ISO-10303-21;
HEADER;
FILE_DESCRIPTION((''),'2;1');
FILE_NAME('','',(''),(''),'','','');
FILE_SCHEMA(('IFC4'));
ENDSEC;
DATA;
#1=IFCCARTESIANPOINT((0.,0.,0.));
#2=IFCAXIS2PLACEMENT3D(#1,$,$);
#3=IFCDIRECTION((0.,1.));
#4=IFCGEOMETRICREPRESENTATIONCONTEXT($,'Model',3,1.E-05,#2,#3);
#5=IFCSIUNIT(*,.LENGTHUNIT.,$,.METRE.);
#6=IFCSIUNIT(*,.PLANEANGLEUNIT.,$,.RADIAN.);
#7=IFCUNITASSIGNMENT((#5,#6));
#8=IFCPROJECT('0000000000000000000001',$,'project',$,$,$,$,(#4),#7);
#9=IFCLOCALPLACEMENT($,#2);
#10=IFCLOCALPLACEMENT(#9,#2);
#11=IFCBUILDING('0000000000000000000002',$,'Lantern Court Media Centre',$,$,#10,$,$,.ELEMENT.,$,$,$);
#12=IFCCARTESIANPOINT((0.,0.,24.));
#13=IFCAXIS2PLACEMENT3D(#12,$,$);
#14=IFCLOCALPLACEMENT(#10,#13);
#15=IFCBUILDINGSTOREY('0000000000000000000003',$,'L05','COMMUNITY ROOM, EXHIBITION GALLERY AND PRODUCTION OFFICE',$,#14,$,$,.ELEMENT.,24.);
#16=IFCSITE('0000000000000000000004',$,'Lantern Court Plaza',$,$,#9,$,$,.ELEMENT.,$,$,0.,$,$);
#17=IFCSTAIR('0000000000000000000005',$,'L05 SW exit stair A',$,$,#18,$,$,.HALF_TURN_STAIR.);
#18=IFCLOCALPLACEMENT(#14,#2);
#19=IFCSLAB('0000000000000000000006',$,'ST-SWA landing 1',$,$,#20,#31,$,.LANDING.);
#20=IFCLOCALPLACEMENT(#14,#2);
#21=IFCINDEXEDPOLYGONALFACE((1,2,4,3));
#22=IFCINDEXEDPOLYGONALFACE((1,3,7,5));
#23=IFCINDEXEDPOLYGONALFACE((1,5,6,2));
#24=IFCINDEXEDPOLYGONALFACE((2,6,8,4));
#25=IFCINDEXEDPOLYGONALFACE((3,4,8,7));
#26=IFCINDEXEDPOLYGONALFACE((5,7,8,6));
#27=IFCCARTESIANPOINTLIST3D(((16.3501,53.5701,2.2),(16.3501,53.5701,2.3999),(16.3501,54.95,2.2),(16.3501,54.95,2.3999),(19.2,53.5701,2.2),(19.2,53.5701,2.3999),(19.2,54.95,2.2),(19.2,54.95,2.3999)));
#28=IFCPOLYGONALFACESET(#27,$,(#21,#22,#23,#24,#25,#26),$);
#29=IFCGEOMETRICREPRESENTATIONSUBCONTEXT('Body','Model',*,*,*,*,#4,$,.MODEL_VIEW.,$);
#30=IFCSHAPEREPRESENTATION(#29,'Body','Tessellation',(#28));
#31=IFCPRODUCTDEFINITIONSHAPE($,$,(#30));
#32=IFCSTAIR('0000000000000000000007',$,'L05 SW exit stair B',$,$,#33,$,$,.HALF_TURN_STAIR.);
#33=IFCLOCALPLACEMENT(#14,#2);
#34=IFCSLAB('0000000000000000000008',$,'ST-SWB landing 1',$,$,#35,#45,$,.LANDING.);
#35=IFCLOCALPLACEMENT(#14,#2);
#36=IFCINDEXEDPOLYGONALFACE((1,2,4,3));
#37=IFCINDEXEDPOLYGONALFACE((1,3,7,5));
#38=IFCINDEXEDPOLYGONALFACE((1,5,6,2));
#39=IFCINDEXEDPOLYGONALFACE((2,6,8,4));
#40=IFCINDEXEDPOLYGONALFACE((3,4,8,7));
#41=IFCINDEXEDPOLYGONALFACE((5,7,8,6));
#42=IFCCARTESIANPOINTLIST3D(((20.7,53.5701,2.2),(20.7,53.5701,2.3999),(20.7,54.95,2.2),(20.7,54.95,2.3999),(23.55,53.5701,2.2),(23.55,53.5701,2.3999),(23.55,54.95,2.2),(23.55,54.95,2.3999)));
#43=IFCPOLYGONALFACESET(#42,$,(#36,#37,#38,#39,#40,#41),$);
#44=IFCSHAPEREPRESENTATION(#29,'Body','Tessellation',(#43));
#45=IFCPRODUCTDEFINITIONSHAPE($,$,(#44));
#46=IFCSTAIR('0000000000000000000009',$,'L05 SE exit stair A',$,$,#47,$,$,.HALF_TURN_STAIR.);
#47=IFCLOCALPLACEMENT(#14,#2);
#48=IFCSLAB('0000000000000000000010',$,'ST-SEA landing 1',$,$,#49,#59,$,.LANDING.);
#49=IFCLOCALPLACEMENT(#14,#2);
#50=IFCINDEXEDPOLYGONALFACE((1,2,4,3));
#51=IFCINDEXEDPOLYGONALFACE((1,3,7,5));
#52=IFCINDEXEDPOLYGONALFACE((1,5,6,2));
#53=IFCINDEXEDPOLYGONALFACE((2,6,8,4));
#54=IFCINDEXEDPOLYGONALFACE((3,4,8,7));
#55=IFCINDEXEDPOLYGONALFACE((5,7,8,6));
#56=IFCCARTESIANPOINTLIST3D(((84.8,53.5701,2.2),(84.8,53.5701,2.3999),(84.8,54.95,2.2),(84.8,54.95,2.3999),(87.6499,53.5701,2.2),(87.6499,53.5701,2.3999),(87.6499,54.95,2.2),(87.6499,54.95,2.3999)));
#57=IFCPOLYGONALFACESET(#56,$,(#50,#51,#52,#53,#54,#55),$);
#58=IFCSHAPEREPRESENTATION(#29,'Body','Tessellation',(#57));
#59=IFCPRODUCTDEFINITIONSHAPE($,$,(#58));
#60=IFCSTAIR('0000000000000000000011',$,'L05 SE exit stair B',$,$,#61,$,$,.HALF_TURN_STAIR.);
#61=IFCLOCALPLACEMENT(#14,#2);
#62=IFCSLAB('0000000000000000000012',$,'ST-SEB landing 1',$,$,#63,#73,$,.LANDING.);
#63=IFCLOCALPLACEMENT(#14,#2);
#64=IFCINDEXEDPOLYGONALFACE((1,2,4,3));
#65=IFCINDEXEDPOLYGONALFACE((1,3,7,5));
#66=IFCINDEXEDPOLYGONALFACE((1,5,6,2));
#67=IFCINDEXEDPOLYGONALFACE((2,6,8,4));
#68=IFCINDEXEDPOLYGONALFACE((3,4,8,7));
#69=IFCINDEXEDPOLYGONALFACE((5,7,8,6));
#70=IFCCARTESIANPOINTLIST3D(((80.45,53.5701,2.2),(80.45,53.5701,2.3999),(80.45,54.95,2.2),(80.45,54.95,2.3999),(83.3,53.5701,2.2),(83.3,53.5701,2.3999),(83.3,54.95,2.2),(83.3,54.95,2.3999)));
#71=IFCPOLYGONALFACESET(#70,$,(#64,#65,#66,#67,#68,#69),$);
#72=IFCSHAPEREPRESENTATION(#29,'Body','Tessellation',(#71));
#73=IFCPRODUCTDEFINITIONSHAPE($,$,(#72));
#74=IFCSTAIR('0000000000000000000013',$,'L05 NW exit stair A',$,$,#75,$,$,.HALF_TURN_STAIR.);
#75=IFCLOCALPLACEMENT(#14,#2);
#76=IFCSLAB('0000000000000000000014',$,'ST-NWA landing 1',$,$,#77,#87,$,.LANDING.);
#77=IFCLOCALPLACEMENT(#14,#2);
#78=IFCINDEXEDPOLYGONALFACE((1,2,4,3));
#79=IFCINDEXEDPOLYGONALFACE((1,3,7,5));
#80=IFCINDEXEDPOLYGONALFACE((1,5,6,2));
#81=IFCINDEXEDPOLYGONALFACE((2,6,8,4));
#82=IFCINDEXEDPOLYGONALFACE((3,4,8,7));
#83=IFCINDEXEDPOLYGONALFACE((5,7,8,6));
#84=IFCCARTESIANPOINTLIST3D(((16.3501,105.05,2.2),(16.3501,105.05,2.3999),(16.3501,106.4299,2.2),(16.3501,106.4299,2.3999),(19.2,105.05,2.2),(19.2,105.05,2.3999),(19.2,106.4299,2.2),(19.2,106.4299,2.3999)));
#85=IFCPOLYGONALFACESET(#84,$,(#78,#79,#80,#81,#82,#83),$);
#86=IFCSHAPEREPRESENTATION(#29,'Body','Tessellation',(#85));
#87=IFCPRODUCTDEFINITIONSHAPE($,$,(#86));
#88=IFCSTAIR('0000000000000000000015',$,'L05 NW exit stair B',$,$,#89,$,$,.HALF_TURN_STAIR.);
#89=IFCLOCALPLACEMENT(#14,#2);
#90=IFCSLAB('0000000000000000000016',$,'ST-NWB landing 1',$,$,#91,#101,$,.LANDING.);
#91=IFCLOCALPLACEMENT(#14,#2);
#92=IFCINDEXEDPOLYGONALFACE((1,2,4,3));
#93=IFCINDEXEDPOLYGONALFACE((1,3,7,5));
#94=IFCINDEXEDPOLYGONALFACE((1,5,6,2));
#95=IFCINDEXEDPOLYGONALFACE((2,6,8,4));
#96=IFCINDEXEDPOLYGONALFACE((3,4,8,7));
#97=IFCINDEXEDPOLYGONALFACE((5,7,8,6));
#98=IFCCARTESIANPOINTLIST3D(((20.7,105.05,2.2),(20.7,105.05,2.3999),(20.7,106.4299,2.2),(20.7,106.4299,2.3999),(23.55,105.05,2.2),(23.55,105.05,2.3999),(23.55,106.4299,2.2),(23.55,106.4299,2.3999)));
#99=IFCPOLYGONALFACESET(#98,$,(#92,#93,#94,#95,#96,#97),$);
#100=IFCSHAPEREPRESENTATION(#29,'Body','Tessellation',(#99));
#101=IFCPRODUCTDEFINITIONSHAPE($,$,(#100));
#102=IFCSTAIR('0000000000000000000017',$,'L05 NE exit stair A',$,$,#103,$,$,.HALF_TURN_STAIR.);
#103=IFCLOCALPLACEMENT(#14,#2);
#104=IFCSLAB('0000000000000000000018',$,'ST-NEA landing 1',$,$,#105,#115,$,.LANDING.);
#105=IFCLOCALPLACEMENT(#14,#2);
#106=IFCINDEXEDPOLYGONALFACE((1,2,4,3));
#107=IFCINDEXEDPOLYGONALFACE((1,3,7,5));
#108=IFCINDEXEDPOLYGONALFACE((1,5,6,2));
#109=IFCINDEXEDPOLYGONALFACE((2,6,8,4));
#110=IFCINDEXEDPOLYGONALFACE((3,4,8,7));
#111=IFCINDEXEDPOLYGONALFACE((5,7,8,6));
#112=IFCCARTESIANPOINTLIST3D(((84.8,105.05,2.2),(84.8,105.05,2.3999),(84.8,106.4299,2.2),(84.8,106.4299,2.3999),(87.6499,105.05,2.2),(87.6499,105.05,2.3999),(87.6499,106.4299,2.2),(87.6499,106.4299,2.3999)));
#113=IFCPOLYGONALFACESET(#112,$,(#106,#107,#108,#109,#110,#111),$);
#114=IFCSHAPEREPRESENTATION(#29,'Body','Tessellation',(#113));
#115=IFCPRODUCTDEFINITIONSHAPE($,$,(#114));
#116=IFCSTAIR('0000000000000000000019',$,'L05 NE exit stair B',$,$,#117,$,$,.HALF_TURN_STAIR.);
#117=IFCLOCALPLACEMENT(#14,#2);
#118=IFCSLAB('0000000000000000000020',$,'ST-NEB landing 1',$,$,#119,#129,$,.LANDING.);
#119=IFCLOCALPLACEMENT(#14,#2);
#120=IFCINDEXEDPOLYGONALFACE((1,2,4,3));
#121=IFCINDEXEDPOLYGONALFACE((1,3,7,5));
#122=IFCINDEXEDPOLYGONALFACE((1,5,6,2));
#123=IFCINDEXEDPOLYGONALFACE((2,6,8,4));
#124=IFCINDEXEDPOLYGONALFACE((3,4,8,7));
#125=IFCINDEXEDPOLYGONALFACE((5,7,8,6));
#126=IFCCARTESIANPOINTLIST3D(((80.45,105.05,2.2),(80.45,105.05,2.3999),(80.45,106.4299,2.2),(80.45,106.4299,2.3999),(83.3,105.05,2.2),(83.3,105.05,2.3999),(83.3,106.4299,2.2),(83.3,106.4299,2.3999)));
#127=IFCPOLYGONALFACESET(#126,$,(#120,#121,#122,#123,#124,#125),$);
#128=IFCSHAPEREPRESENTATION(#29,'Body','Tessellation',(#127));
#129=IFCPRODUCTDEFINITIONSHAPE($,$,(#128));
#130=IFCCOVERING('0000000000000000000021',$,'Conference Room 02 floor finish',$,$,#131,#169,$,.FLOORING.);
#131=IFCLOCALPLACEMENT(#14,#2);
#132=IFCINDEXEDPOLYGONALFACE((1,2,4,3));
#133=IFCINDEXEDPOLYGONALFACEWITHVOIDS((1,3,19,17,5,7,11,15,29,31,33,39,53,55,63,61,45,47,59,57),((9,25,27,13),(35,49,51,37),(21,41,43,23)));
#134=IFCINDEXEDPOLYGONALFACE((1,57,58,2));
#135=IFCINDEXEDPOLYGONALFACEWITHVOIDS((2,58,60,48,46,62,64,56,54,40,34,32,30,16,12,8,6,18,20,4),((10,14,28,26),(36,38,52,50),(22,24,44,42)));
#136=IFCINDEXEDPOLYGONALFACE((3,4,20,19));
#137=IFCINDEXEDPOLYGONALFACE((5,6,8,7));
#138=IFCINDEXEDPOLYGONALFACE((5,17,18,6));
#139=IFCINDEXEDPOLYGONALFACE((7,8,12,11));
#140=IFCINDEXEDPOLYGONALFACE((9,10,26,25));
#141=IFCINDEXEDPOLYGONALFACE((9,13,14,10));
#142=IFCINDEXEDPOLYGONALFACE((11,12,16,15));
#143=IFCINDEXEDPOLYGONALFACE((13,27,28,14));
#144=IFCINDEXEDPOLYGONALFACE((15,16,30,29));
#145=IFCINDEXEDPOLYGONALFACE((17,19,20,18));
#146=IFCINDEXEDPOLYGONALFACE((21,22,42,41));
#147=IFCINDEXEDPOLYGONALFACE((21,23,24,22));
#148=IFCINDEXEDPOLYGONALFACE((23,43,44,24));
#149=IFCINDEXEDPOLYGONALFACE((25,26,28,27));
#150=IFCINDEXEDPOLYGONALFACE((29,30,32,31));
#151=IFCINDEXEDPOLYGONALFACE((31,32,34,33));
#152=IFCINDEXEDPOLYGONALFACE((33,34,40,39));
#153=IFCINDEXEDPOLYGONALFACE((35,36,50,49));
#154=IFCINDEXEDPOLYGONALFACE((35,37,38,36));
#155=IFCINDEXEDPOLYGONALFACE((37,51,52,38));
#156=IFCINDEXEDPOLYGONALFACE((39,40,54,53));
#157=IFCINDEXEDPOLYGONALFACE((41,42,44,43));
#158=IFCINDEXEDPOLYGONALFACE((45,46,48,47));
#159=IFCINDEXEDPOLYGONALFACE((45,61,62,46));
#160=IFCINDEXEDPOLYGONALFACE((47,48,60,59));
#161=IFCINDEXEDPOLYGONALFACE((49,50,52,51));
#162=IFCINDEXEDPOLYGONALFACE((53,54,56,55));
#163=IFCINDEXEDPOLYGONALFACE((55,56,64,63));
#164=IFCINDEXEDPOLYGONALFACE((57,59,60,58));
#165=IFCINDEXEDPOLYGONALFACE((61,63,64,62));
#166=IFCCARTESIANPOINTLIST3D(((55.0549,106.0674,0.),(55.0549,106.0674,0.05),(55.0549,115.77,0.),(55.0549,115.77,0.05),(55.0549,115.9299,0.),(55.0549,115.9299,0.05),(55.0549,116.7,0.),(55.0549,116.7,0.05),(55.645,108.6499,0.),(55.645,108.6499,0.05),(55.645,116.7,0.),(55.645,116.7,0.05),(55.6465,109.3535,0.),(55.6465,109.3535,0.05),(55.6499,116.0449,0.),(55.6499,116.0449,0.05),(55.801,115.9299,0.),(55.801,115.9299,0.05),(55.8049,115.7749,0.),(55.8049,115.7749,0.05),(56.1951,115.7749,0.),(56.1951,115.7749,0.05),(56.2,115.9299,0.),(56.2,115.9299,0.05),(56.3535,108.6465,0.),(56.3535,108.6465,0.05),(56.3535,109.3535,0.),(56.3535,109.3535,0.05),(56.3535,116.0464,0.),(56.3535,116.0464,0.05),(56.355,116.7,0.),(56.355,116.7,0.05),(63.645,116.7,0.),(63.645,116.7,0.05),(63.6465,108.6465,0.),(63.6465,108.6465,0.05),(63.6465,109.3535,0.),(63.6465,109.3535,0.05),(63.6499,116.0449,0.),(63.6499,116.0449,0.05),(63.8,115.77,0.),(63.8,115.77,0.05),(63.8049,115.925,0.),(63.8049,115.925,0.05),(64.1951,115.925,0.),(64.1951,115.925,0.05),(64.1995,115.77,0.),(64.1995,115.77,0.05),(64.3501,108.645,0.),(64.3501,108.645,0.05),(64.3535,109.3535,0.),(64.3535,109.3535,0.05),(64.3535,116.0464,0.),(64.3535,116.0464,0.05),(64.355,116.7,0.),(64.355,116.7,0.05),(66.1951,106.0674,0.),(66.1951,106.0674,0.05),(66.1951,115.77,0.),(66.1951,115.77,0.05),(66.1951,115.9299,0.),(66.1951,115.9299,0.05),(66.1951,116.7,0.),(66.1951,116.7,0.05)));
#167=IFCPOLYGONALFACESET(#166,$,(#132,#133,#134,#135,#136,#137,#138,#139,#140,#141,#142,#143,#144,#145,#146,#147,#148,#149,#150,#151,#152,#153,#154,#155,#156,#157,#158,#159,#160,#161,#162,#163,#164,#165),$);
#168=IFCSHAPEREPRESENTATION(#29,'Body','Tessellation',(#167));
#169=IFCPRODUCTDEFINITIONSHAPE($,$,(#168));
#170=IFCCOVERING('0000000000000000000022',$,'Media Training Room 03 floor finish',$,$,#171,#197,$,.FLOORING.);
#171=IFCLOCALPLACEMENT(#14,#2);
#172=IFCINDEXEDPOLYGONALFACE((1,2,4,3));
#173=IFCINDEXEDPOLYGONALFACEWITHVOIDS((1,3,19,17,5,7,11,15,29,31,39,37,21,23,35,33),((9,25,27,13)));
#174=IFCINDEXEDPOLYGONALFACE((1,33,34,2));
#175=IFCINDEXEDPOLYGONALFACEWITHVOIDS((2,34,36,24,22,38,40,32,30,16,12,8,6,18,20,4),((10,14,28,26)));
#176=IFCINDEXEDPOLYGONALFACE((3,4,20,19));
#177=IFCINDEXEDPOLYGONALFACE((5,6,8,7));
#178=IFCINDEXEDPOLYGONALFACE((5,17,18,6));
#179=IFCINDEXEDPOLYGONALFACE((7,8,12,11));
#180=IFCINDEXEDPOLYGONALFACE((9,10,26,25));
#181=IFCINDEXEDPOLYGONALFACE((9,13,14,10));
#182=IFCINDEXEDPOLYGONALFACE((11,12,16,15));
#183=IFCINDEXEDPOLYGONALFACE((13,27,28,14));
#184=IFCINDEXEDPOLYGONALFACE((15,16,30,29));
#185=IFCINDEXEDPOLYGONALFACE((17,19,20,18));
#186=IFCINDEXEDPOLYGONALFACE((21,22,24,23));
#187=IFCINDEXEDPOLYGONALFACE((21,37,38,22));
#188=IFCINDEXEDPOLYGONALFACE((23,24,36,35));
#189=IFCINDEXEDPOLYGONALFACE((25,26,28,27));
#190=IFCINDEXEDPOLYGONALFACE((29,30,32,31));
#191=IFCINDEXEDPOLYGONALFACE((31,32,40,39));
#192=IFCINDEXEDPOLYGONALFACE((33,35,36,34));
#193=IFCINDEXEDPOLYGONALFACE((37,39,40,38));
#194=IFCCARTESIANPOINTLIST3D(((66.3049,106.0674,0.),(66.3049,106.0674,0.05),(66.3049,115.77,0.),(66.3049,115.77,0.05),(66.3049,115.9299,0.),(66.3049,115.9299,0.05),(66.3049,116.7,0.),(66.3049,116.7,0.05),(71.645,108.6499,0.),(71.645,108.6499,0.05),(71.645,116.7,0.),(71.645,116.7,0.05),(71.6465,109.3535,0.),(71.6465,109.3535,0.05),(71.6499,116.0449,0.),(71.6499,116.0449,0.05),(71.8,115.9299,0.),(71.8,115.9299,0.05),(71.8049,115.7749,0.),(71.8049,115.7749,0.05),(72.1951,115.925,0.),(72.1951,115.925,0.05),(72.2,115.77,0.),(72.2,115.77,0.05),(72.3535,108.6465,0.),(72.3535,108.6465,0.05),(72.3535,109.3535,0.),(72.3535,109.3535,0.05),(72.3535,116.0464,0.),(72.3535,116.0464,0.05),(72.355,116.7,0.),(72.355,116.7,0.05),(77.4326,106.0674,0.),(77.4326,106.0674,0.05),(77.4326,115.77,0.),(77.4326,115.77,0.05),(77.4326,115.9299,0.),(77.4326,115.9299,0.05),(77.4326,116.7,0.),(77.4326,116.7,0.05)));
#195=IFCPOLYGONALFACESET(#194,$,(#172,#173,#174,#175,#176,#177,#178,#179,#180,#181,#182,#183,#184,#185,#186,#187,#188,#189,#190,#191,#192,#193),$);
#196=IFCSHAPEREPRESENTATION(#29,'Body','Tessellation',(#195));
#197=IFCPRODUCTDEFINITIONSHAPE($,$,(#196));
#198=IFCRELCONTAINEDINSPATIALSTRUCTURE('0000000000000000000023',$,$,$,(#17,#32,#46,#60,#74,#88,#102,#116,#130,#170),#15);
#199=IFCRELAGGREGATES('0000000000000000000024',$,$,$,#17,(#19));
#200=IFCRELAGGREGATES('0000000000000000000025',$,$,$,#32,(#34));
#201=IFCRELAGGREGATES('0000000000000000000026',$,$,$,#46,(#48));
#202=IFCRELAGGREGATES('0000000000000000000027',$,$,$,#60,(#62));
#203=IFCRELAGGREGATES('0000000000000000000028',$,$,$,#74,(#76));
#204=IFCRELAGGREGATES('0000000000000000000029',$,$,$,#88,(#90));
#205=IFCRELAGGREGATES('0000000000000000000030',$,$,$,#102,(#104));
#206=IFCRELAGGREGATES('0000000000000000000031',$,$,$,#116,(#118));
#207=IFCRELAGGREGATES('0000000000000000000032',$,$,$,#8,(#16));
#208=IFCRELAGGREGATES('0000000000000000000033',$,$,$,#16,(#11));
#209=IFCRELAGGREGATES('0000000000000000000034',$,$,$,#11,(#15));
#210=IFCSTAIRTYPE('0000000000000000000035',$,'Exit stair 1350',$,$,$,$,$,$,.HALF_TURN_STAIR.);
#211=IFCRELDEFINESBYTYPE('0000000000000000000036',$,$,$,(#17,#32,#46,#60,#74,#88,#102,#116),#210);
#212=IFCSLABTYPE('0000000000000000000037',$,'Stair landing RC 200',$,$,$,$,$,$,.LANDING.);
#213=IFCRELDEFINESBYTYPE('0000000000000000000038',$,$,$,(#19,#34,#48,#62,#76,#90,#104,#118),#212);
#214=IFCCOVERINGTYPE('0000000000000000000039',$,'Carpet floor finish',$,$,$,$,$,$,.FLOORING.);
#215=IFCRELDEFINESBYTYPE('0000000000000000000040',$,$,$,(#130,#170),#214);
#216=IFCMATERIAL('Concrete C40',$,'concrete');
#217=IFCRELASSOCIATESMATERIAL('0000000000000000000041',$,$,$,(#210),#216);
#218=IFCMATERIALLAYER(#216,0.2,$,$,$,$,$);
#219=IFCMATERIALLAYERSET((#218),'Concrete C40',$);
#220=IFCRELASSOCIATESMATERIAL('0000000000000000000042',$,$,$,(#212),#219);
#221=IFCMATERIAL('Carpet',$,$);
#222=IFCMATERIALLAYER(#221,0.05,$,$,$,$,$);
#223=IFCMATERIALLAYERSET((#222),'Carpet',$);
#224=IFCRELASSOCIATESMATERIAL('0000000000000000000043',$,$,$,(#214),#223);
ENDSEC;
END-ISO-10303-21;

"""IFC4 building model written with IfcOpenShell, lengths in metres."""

from ifc_helpers import new_model, si_unit, direction, frame, origin, place, context, subcontext, project, spatial, polyline, outline, extrude, material, layer, layer_set, type_object, element, aggregate, save


model = new_model("IFC4")

# Units and contexts
model_context = context("Model", 3, precision=1e-05, world=origin(), true_north=direction((0.0, 1.0)))
body_context = subcontext(model_context, "Body", "Model", "MODEL_VIEW")
ifc_project = project(units=[si_unit("LENGTHUNIT", "METRE"), si_unit("PLANEANGLEUNIT", "RADIAN")], contexts=[model_context])

# Site, building, storey
site_placement = place(None, origin())
site = spatial("IfcSite", under=ifc_project, at=site_placement, Name="Lantern Court Plaza", CompositionType="ELEMENT", RefElevation=0.0)
building_placement = place(site_placement, origin())
building = spatial("IfcBuilding", under=site, at=building_placement, Name="Lantern Court Media Centre", CompositionType="ELEMENT")
storey_placement = place(building_placement, frame((0.0, 0.0, 24.0)))
storey = spatial("IfcBuildingStorey", under=building, at=storey_placement, Name="L05", Description="COMMUNITY ROOM, EXHIBITION GALLERY AND PRODUCTION OFFICE", CompositionType="ELEMENT", Elevation=24.0)

# Stairs, slabs
ifc_material_1 = material(Name="Concrete C40", Category="concrete")
stair_type = type_object("IfcStairType", Name="Exit stair 1350", PredefinedType="HALF_TURN_STAIR", material=ifc_material_1)
stair_1_placement = place(storey_placement, origin())
stair_1 = element("IfcStair", 1, at=stair_1_placement, inside=storey, type_object=stair_type, Name="L05 SW exit stair A", PredefinedType="HALF_TURN_STAIR")
ifc_layer_1 = layer(ifc_material_1, 0.2)
ifc_layer_set_1 = layer_set([ifc_layer_1], Name="Concrete C40")
slab_type = type_object("IfcSlabType", Name="Stair landing RC 200", PredefinedType="LANDING", material=ifc_layer_set_1)
slab_1_placement = place(storey_placement, frame((0.0, 0.0, 2.2)))
slab_1 = element("IfcSlab", 2, at=slab_1_placement, type_object=slab_type, Name="ST-SWA landing 1", PredefinedType="LANDING", context=body_context, shape_type="SweptSolid", body=[
    extrude(outline(polyline([(19.2, 53.5701), (19.2, 54.95), (16.3501, 54.95), (16.3501, 53.5701), (19.2, 53.5701)])), origin(), (0.0, 0.0, 1.0), 0.2),
])
aggregate(stair_1, [slab_1])
stair_2_placement = place(storey_placement, origin())
stair_2 = element("IfcStair", 3, at=stair_2_placement, inside=storey, type_object=stair_type, Name="L05 SW exit stair B", PredefinedType="HALF_TURN_STAIR")
slab_2_placement = place(storey_placement, frame((0.0, 0.0, 2.2)))
slab_2 = element("IfcSlab", 4, at=slab_2_placement, type_object=slab_type, Name="ST-SWB landing 1", PredefinedType="LANDING", context=body_context, shape_type="SweptSolid", body=[
    extrude(outline(polyline([(23.55, 53.5701), (23.55, 54.95), (20.7, 54.95), (20.7, 53.5701), (23.55, 53.5701)])), origin(), (0.0, 0.0, 1.0), 0.2),
])
aggregate(stair_2, [slab_2])
stair_3_placement = place(storey_placement, origin())
stair_3 = element("IfcStair", 5, at=stair_3_placement, inside=storey, type_object=stair_type, Name="L05 SE exit stair A", PredefinedType="HALF_TURN_STAIR")
slab_3_placement = place(storey_placement, frame((0.0, 0.0, 2.2)))
slab_3 = element("IfcSlab", 6, at=slab_3_placement, type_object=slab_type, Name="ST-SEA landing 1", PredefinedType="LANDING", context=body_context, shape_type="SweptSolid", body=[
    extrude(outline(polyline([(87.6499, 53.5701), (87.6499, 54.95), (84.8, 54.95), (84.8, 53.5701), (87.6499, 53.5701)])), origin(), (0.0, 0.0, 1.0), 0.2),
])
aggregate(stair_3, [slab_3])
stair_4_placement = place(storey_placement, origin())
stair_4 = element("IfcStair", 7, at=stair_4_placement, inside=storey, type_object=stair_type, Name="L05 SE exit stair B", PredefinedType="HALF_TURN_STAIR")
slab_4_placement = place(storey_placement, frame((0.0, 0.0, 2.2)))
slab_4 = element("IfcSlab", 8, at=slab_4_placement, type_object=slab_type, Name="ST-SEB landing 1", PredefinedType="LANDING", context=body_context, shape_type="SweptSolid", body=[
    extrude(outline(polyline([(83.3, 53.5701), (83.3, 54.95), (80.45, 54.95), (80.45, 53.5701), (83.3, 53.5701)])), origin(), (0.0, 0.0, 1.0), 0.2),
])
aggregate(stair_4, [slab_4])
stair_5_placement = place(storey_placement, origin())
stair_5 = element("IfcStair", 9, at=stair_5_placement, inside=storey, type_object=stair_type, Name="L05 NW exit stair A", PredefinedType="HALF_TURN_STAIR")
slab_5_placement = place(storey_placement, frame((0.0, 0.0, 2.2)))
slab_5 = element("IfcSlab", 10, at=slab_5_placement, type_object=slab_type, Name="ST-NWA landing 1", PredefinedType="LANDING", context=body_context, shape_type="SweptSolid", body=[
    extrude(outline(polyline([(16.3501, 106.4299), (16.3501, 105.05), (19.2, 105.05), (19.2, 106.4299), (16.3501, 106.4299)])), origin(), (0.0, 0.0, 1.0), 0.2),
])
aggregate(stair_5, [slab_5])
stair_6_placement = place(storey_placement, origin())
stair_6 = element("IfcStair", 11, at=stair_6_placement, inside=storey, type_object=stair_type, Name="L05 NW exit stair B", PredefinedType="HALF_TURN_STAIR")
slab_6_placement = place(storey_placement, frame((0.0, 0.0, 2.2)))
slab_6 = element("IfcSlab", 12, at=slab_6_placement, type_object=slab_type, Name="ST-NWB landing 1", PredefinedType="LANDING", context=body_context, shape_type="SweptSolid", body=[
    extrude(outline(polyline([(20.7, 106.4299), (20.7, 105.05), (23.55, 105.05), (23.55, 106.4299), (20.7, 106.4299)])), origin(), (0.0, 0.0, 1.0), 0.2),
])
aggregate(stair_6, [slab_6])
stair_7_placement = place(storey_placement, origin())
stair_7 = element("IfcStair", 13, at=stair_7_placement, inside=storey, type_object=stair_type, Name="L05 NE exit stair A", PredefinedType="HALF_TURN_STAIR")
slab_7_placement = place(storey_placement, frame((0.0, 0.0, 2.2)))
slab_7 = element("IfcSlab", 14, at=slab_7_placement, type_object=slab_type, Name="ST-NEA landing 1", PredefinedType="LANDING", context=body_context, shape_type="SweptSolid", body=[
    extrude(outline(polyline([(84.8, 106.4299), (84.8, 105.05), (87.6499, 105.05), (87.6499, 106.4299), (84.8, 106.4299)])), origin(), (0.0, 0.0, 1.0), 0.2),
])
aggregate(stair_7, [slab_7])
stair_8_placement = place(storey_placement, origin())
stair_8 = element("IfcStair", 15, at=stair_8_placement, inside=storey, type_object=stair_type, Name="L05 NE exit stair B", PredefinedType="HALF_TURN_STAIR")
slab_8_placement = place(storey_placement, frame((0.0, 0.0, 2.2)))
slab_8 = element("IfcSlab", 16, at=slab_8_placement, type_object=slab_type, Name="ST-NEB landing 1", PredefinedType="LANDING", context=body_context, shape_type="SweptSolid", body=[
    extrude(outline(polyline([(80.45, 106.4299), (80.45, 105.05), (83.3, 105.05), (83.3, 106.4299), (80.45, 106.4299)])), origin(), (0.0, 0.0, 1.0), 0.2),
])
aggregate(stair_8, [slab_8])

# Coverings
ifc_material_2 = material(Name="Carpet")
ifc_layer_2 = layer(ifc_material_2, 0.05)
ifc_layer_set_2 = layer_set([ifc_layer_2], Name="Carpet")
covering_type_1 = type_object("IfcCoveringType", Name="Carpet floor finish", PredefinedType="FLOORING", material=ifc_layer_set_2)
covering_1_placement = place(storey_placement, origin())
element("IfcCovering", 17, at=covering_1_placement, inside=storey, type_object=covering_type_1, Name="Conference Room 02 floor finish", PredefinedType="FLOORING", context=body_context, shape_type="SweptSolid", body=[
    extrude(outline(polyline([(66.1951, 116.7), (66.1951, 115.9299), (64.1951, 115.925), (64.1995, 115.77), (66.1951, 115.77), (66.1951, 106.0674), (55.0549, 106.0674), (55.0549, 115.77), (55.8049, 115.7749), (55.801, 115.9299), (55.0549, 115.9299), (55.0549, 116.7), (55.645, 116.7), (55.6499, 116.0449), (56.3535, 116.0464), (56.355, 116.7), (63.645, 116.7), (63.6499, 116.0449), (64.3535, 116.0464), (64.355, 116.7), (66.1951, 116.7)]), holes=[polyline([(64.3501, 108.645), (64.3535, 109.3535), (63.6465, 109.3535), (63.6465, 108.6465), (64.3501, 108.645)]), polyline([(56.1951, 115.7749), (63.8, 115.77), (63.8049, 115.925), (56.2, 115.9299), (56.1951, 115.7749)]), polyline([(55.645, 108.6499), (56.3535, 108.6465), (56.3535, 109.3535), (55.6465, 109.3535), (55.645, 108.6499)])]), origin(), (0.0, 0.0, 1.0), 0.05),
])
covering_2_placement = place(storey_placement, origin())
element("IfcCovering", 18, at=covering_2_placement, inside=storey, type_object=covering_type_1, Name="Media Training Room 03 floor finish", PredefinedType="FLOORING", context=body_context, shape_type="SweptSolid", body=[
    extrude(outline(polyline([(77.4326, 116.7), (77.4326, 115.9299), (72.1951, 115.925), (72.2, 115.77), (77.4326, 115.77), (77.4326, 106.0674), (66.3049, 106.0674), (66.3049, 115.77), (71.8049, 115.7749), (71.8, 115.9299), (66.3049, 115.9299), (66.3049, 116.7), (71.645, 116.7), (71.6499, 116.0449), (72.3535, 116.0464), (72.355, 116.7), (77.4326, 116.7)]), holes=[polyline([(71.645, 108.6499), (72.3535, 108.6465), (72.3535, 109.3535), (71.6465, 109.3535), (71.645, 108.6499)])]), origin(), (0.0, 0.0, 1.0), 0.05),
])

save(model, "model.ifc")
